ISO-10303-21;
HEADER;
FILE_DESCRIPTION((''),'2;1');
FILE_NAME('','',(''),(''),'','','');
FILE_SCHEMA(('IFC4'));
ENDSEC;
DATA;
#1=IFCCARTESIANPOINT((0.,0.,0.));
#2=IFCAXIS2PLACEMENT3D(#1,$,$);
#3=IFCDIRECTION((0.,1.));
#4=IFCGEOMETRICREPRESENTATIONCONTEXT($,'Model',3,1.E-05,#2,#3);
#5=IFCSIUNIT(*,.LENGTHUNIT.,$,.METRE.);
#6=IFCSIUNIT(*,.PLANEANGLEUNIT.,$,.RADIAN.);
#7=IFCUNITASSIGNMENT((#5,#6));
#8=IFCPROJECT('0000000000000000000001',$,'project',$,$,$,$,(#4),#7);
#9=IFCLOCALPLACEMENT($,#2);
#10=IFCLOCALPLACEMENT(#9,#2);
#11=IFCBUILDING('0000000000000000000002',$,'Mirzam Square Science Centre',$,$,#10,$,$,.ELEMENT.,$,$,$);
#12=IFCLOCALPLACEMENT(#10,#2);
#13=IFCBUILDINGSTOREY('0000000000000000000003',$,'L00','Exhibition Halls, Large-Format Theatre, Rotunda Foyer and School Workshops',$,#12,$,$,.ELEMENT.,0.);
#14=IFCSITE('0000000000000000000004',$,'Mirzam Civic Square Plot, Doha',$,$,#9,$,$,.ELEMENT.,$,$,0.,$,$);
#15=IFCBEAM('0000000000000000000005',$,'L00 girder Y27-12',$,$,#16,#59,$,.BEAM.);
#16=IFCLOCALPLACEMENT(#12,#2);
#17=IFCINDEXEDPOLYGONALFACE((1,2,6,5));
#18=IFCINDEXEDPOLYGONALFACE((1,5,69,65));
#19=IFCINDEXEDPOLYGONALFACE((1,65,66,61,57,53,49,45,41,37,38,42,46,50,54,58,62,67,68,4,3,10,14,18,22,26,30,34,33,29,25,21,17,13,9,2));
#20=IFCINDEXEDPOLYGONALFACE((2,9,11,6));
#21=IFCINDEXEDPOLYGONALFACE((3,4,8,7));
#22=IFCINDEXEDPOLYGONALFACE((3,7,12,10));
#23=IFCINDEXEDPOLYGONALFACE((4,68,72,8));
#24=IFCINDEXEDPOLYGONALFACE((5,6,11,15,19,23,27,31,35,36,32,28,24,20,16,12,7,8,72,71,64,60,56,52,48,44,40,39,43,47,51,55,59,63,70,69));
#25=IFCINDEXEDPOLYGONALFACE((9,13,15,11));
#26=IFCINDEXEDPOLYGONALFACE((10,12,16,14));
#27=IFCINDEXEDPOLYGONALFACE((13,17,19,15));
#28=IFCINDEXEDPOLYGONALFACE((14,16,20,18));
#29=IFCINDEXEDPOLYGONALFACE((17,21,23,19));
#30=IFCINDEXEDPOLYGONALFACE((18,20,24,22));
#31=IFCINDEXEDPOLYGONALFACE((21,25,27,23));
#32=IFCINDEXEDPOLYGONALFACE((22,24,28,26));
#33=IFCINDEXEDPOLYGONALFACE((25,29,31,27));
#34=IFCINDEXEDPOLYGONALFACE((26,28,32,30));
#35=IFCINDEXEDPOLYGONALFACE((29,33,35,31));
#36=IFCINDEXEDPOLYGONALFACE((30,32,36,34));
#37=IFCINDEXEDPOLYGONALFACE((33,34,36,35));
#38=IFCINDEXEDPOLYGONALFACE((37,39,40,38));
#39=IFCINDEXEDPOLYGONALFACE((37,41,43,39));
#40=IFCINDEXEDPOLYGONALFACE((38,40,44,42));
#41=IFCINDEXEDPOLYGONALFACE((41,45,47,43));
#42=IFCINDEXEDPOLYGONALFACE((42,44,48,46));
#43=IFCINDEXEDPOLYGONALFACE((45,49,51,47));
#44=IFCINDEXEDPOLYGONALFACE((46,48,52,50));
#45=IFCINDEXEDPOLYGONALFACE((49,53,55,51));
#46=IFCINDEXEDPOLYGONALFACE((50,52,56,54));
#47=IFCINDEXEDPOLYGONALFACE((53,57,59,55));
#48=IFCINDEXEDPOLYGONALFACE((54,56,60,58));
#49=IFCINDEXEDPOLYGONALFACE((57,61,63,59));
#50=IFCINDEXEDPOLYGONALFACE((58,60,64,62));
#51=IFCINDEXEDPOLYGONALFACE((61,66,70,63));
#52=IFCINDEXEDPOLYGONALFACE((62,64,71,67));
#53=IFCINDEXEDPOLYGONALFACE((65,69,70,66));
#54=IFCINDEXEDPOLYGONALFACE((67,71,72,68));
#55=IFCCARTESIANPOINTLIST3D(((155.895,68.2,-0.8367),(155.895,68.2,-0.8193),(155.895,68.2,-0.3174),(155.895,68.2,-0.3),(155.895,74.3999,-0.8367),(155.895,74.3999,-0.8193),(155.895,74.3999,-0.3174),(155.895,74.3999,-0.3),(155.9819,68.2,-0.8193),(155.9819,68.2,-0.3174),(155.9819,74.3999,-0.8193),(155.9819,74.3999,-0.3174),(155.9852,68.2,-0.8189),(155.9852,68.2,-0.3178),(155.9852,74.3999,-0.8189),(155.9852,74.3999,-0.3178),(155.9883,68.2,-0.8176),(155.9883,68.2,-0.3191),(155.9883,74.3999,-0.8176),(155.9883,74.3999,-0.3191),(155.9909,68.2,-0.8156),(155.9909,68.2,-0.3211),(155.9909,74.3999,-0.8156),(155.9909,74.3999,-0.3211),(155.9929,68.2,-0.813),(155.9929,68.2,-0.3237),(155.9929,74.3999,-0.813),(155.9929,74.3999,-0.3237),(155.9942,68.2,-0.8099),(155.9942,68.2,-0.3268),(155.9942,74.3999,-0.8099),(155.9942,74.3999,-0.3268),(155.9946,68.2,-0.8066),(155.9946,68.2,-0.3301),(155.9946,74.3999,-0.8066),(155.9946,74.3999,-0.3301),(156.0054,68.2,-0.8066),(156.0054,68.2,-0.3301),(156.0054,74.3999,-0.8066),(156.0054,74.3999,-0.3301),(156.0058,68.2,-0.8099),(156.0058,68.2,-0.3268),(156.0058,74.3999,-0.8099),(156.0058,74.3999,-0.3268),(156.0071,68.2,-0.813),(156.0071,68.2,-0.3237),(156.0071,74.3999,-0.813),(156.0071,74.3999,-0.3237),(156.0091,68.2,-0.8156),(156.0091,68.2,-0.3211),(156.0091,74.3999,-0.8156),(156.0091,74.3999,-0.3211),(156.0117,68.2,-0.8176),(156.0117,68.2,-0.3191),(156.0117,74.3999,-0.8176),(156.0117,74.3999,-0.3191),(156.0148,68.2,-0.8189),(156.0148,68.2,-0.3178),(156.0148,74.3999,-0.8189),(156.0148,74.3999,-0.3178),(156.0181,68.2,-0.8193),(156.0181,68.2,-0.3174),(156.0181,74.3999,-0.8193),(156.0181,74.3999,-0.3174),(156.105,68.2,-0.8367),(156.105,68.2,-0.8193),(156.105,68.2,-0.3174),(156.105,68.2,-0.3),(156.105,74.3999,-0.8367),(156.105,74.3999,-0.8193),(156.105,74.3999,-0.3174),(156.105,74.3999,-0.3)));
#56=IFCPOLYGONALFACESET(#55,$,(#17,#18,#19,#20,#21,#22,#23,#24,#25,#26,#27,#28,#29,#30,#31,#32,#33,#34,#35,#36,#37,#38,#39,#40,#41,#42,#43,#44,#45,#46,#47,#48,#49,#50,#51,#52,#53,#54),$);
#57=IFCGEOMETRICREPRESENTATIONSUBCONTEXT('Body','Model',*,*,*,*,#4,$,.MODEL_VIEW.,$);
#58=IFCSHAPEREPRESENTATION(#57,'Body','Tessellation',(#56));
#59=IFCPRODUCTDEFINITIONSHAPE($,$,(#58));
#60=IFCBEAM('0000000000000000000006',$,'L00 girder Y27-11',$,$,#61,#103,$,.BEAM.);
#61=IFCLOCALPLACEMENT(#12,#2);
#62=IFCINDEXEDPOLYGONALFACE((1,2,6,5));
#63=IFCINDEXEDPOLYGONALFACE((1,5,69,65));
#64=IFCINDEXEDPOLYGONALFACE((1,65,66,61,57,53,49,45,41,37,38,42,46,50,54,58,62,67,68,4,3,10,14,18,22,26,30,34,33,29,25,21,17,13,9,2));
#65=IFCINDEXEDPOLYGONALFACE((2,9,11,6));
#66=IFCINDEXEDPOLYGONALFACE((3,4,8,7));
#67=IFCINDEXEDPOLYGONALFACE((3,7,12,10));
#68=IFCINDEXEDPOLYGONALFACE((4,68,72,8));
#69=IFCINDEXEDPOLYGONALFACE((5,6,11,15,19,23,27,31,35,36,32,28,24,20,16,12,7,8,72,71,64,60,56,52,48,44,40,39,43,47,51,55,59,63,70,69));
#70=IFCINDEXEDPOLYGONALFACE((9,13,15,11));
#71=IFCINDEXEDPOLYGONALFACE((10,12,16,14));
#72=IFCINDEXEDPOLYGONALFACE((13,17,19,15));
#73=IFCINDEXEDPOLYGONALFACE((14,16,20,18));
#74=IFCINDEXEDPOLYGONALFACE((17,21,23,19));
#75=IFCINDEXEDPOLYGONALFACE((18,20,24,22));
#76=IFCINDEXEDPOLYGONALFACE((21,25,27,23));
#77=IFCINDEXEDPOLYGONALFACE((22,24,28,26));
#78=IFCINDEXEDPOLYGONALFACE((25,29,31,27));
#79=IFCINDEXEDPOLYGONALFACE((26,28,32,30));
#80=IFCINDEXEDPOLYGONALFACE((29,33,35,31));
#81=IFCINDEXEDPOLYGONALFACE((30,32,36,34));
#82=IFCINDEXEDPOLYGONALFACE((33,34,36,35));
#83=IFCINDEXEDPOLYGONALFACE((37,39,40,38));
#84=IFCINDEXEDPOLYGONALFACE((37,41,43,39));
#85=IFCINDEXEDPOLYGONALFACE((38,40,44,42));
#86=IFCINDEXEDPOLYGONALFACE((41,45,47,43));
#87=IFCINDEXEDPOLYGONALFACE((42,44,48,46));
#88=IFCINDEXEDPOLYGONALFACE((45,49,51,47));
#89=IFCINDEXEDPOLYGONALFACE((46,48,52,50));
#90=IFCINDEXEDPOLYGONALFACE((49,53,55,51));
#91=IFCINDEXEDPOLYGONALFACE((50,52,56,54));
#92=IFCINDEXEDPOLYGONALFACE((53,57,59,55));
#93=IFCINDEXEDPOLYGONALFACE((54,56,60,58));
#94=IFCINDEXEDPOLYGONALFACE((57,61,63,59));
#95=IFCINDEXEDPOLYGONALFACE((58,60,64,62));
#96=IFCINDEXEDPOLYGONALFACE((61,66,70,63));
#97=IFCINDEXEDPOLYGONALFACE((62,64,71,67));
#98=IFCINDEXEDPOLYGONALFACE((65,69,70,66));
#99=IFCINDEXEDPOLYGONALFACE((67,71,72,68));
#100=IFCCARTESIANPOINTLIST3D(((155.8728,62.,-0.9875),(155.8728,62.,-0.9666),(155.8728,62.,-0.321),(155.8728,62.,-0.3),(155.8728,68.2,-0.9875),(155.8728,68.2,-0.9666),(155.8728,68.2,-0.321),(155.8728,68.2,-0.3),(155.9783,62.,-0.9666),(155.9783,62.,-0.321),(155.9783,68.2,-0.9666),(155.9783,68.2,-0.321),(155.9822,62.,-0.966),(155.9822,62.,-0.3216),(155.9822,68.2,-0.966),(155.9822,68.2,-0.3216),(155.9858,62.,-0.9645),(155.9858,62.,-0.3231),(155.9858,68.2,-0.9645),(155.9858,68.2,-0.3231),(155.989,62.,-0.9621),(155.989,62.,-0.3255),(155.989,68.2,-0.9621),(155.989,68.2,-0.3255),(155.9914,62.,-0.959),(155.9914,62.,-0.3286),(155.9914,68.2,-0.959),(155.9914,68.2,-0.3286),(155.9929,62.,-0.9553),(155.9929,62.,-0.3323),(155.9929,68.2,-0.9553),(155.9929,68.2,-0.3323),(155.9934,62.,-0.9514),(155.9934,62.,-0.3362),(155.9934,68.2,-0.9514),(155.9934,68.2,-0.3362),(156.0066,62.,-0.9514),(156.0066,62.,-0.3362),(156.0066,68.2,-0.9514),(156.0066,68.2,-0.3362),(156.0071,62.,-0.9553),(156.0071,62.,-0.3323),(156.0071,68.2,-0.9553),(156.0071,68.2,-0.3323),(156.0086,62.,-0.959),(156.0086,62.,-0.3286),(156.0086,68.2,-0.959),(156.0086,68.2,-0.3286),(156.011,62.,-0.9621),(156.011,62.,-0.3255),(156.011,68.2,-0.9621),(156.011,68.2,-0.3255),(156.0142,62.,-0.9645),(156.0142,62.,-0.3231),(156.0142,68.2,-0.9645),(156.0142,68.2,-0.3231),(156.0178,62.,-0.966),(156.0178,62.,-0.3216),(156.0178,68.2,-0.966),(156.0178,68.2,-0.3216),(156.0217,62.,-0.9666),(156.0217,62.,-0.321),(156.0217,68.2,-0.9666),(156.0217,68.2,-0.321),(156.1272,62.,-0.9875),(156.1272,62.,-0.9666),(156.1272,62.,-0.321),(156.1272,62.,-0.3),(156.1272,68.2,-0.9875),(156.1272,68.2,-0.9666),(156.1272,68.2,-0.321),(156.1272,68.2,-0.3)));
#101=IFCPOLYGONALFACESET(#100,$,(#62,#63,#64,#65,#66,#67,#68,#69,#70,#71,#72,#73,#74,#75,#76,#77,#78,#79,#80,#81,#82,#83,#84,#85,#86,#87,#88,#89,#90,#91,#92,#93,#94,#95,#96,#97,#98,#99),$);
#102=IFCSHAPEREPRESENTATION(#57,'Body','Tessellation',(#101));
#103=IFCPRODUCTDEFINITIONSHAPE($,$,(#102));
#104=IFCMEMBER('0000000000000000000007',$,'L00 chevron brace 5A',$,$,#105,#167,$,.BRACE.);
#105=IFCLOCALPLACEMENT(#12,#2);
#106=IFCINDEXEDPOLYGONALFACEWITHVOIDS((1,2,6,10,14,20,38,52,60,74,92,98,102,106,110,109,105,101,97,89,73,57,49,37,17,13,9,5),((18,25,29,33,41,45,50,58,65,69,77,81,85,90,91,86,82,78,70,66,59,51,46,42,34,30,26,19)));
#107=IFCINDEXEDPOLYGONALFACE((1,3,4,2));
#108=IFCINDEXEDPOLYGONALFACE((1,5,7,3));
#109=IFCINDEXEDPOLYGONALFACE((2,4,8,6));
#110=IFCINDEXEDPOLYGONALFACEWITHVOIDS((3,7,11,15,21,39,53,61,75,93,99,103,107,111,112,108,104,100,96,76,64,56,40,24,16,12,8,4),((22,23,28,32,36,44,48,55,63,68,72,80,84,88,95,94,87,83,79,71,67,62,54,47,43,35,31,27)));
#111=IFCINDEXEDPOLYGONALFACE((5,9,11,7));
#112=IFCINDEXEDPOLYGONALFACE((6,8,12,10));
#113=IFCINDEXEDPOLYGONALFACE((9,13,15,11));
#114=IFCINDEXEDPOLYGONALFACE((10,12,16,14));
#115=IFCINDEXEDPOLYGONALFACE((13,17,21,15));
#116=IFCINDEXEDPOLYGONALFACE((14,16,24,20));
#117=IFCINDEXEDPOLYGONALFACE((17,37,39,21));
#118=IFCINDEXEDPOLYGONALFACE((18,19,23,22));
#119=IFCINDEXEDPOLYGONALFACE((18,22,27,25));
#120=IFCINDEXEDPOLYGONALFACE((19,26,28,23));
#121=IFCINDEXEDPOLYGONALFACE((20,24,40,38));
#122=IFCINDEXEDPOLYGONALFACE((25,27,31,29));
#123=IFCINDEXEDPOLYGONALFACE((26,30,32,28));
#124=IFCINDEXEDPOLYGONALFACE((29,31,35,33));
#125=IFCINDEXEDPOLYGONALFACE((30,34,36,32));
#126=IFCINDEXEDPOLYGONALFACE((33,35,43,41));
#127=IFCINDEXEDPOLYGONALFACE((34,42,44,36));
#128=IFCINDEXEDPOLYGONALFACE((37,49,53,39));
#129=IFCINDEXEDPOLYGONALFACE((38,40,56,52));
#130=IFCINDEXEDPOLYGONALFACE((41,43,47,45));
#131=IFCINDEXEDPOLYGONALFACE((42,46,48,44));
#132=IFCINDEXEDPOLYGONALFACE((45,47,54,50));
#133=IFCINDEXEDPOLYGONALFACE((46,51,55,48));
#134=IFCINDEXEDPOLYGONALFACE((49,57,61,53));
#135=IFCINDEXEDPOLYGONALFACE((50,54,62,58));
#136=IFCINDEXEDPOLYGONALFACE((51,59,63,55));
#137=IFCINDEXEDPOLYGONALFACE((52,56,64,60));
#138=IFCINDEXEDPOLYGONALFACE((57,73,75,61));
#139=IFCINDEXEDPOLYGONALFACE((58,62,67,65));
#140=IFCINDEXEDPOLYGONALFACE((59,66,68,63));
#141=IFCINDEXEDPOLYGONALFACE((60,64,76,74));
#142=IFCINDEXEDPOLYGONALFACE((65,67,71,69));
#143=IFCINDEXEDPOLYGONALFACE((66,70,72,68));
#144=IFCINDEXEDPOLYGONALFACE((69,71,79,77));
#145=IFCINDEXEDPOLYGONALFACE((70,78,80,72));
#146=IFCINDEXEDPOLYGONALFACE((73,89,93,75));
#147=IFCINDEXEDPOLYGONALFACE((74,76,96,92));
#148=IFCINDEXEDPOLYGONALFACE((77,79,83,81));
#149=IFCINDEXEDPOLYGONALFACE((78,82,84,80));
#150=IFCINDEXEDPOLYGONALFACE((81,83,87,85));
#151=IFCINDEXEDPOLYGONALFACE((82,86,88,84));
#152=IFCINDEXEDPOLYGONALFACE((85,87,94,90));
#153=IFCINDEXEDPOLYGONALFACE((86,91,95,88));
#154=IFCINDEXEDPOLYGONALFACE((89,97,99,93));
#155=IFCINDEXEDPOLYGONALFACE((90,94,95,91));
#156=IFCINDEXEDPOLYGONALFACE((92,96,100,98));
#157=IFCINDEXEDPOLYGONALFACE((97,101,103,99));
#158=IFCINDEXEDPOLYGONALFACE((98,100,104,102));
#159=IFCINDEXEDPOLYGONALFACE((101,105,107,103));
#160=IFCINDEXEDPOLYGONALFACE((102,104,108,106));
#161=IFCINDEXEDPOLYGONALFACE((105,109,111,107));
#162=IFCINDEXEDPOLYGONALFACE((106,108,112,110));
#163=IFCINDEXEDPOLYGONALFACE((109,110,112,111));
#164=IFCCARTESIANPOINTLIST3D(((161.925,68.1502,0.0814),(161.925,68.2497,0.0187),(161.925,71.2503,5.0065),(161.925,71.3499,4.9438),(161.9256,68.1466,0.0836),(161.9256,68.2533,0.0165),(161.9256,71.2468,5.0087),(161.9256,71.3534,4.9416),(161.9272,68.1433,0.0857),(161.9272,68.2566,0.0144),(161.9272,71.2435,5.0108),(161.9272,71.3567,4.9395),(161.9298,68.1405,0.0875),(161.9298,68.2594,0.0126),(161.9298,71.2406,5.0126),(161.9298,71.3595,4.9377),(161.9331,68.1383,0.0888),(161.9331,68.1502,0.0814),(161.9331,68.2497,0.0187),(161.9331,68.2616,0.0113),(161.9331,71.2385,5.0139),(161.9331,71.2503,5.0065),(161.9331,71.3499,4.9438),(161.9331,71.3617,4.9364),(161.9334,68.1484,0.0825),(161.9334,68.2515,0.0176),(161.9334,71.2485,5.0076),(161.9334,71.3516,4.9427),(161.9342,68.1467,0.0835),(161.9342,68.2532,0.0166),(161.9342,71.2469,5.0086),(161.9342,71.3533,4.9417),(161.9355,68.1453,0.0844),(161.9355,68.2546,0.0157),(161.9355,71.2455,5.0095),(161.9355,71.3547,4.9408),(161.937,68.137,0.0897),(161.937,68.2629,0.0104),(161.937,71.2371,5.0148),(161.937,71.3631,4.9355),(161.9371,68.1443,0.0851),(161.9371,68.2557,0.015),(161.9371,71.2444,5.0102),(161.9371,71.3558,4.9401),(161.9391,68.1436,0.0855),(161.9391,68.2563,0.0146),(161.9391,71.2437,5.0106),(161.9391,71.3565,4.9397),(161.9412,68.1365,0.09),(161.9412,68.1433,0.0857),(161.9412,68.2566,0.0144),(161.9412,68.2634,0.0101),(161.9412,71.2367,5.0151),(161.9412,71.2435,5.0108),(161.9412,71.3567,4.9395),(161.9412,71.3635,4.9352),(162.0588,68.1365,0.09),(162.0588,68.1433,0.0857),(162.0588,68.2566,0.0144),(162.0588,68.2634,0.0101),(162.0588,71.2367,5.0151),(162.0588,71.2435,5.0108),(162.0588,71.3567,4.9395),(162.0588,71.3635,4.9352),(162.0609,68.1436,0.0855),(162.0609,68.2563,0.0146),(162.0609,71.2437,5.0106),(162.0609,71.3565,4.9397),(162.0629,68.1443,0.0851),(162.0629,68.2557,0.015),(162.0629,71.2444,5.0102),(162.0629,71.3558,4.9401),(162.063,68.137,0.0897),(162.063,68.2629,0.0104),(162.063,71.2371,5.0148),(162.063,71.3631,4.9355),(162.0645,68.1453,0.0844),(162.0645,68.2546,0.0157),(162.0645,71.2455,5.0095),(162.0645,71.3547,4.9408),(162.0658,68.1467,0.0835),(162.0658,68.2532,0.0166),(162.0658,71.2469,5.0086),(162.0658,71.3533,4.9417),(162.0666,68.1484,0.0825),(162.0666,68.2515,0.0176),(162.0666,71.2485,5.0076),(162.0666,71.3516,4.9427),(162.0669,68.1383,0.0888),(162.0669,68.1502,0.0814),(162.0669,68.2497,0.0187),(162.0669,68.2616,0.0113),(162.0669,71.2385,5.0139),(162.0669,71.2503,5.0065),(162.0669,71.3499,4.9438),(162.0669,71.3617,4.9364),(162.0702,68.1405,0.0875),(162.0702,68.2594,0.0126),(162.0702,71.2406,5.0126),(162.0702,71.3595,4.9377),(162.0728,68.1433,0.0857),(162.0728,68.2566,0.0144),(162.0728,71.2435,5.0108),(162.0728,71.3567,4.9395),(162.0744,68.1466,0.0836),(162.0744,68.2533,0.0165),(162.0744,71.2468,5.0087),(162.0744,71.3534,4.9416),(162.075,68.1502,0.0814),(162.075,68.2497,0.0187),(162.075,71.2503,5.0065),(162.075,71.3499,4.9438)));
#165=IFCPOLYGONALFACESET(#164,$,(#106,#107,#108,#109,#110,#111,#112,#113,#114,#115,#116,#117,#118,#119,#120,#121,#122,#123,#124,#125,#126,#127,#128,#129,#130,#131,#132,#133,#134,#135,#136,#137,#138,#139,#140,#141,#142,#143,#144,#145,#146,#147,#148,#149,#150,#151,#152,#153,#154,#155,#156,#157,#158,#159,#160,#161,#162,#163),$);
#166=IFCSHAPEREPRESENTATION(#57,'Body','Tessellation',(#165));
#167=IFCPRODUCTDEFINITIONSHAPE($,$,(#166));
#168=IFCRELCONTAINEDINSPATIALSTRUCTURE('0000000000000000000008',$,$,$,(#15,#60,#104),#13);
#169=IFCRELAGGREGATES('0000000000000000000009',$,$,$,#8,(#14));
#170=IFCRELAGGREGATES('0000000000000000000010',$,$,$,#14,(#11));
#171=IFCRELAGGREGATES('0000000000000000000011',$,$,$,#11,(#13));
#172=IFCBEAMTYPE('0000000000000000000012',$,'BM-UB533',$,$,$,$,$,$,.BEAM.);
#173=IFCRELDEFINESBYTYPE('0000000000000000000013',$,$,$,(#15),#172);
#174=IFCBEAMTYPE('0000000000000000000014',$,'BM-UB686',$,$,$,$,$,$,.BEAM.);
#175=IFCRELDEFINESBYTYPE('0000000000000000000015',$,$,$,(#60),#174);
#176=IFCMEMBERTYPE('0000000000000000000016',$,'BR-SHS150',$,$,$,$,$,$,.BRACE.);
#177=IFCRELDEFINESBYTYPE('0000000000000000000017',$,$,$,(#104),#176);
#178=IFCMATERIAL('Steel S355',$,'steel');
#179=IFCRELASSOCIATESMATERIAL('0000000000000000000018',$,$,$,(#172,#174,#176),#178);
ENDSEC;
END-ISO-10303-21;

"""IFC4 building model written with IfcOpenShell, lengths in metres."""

from ifc_helpers import new_model, si_unit, direction, frame, origin, origin_2d, place, context, subcontext, project, spatial, hollow_rectangle, i_section, extrude, material, material_profile, profile_set, type_object, element, save


model = new_model("IFC4")

# Units and contexts
model_context = context("Model", 3, precision=1e-05, world=origin(), true_north=direction((0.0, 1.0)))
body_context = subcontext(model_context, "Body", "Model", "MODEL_VIEW")
ifc_project = project(units=[si_unit("LENGTHUNIT", "METRE"), si_unit("PLANEANGLEUNIT", "RADIAN")], contexts=[model_context])

# Site, building, storey
site_placement = place(None, origin())
site = spatial("IfcSite", under=ifc_project, at=site_placement, Name="Mirzam Civic Square Plot, Doha", CompositionType="ELEMENT", RefElevation=0.0)
building_placement = place(site_placement, origin())
building = spatial("IfcBuilding", under=site, at=building_placement, Name="Mirzam Square Science Centre", CompositionType="ELEMENT")
storey_placement = place(building_placement, origin())
storey = spatial("IfcBuildingStorey", under=building, at=storey_placement, Name="L00", Description="Exhibition Halls, Large-Format Theatre, Rotunda Foyer and School Workshops", CompositionType="ELEMENT", Elevation=0.0)

# Shared definitions
ifc_material_1 = material(Name="Steel S355", Category="steel")

# Beams
ifc_material_profile_1 = material_profile(ifc_material_1, i_section(OverallWidth=0.21, OverallDepth=0.5366, WebThickness=0.0107, FlangeThickness=0.0173, FilletRadius=0.0127, at=origin_2d()), Name="533x210x101UB")
ifc_profile_set_1 = profile_set([ifc_material_profile_1], Name="Steel S355")
beam_type_1 = type_object("IfcBeamType", Name="BM-UB533", PredefinedType="BEAM", material=ifc_profile_set_1)
beam_1_placement = place(storey_placement, frame((156.0, 68.2, -0.5684), z_axis=(0.0, 1.0, 0.0), x_axis=(-1.0, 0.0, 0.0)))
element("IfcBeam", 1, at=beam_1_placement, inside=storey, type_object=beam_type_1, Name="L00 girder Y27-12", PredefinedType="BEAM", context=body_context, shape_type="SweptSolid", body=[
    extrude(i_section(OverallWidth=0.21, OverallDepth=0.5366, WebThickness=0.0107, FlangeThickness=0.0173, FilletRadius=0.0127, at=origin_2d()), origin(), (0.0, 0.0, 1.0), 6.2),
])
ifc_material_profile_2 = material_profile(ifc_material_1, i_section(OverallWidth=0.2544, OverallDepth=0.6875, WebThickness=0.0132, FlangeThickness=0.021, FilletRadius=0.0151, at=origin_2d()), Name="686x254x152UB")
ifc_profile_set_2 = profile_set([ifc_material_profile_2], Name="Steel S355")
beam_type_2 = type_object("IfcBeamType", Name="BM-UB686", PredefinedType="BEAM", material=ifc_profile_set_2)
beam_2_placement = place(storey_placement, frame((156.0, 62.0, -0.6438), z_axis=(0.0, 1.0, 0.0), x_axis=(-1.0, 0.0, 0.0)))
element("IfcBeam", 2, at=beam_2_placement, inside=storey, type_object=beam_type_2, Name="L00 girder Y27-11", PredefinedType="BEAM", context=body_context, shape_type="SweptSolid", body=[
    extrude(i_section(OverallWidth=0.2544, OverallDepth=0.6875, WebThickness=0.0132, FlangeThickness=0.021, FilletRadius=0.0151, at=origin_2d()), origin(), (0.0, 0.0, 1.0), 6.2),
])

# Member
ifc_material_profile_3 = material_profile(ifc_material_1, hollow_rectangle(XDim=0.1499, YDim=0.1499, WallThickness=0.0081, InnerFilletRadius=0.0081, OuterFilletRadius=0.0161, at=origin_2d()), Name="150x150x8.0SHS")
ifc_profile_set_3 = profile_set([ifc_material_profile_3], Name="Steel S355")
member_type = type_object("IfcMemberType", Name="BR-SHS150", PredefinedType="BRACE", material=ifc_profile_set_3)
member_placement = place(storey_placement, frame((162.0, 68.2, 0.05), z_axis=(0.0, 0.532708, 0.846299), x_axis=(-1.0, 0.0, 0.0)))
element("IfcMember", 3, at=member_placement, inside=storey, type_object=member_type, Name="L00 chevron brace 5A", PredefinedType="BRACE", context=body_context, shape_type="SweptSolid", body=[
    extrude(hollow_rectangle(XDim=0.1499, YDim=0.1499, WallThickness=0.0081, InnerFilletRadius=0.0081, OuterFilletRadius=0.0161, at=origin_2d()), origin(), (0.0, 0.0, 1.0), 5.8196),
])

save(model, "model.ifc")
